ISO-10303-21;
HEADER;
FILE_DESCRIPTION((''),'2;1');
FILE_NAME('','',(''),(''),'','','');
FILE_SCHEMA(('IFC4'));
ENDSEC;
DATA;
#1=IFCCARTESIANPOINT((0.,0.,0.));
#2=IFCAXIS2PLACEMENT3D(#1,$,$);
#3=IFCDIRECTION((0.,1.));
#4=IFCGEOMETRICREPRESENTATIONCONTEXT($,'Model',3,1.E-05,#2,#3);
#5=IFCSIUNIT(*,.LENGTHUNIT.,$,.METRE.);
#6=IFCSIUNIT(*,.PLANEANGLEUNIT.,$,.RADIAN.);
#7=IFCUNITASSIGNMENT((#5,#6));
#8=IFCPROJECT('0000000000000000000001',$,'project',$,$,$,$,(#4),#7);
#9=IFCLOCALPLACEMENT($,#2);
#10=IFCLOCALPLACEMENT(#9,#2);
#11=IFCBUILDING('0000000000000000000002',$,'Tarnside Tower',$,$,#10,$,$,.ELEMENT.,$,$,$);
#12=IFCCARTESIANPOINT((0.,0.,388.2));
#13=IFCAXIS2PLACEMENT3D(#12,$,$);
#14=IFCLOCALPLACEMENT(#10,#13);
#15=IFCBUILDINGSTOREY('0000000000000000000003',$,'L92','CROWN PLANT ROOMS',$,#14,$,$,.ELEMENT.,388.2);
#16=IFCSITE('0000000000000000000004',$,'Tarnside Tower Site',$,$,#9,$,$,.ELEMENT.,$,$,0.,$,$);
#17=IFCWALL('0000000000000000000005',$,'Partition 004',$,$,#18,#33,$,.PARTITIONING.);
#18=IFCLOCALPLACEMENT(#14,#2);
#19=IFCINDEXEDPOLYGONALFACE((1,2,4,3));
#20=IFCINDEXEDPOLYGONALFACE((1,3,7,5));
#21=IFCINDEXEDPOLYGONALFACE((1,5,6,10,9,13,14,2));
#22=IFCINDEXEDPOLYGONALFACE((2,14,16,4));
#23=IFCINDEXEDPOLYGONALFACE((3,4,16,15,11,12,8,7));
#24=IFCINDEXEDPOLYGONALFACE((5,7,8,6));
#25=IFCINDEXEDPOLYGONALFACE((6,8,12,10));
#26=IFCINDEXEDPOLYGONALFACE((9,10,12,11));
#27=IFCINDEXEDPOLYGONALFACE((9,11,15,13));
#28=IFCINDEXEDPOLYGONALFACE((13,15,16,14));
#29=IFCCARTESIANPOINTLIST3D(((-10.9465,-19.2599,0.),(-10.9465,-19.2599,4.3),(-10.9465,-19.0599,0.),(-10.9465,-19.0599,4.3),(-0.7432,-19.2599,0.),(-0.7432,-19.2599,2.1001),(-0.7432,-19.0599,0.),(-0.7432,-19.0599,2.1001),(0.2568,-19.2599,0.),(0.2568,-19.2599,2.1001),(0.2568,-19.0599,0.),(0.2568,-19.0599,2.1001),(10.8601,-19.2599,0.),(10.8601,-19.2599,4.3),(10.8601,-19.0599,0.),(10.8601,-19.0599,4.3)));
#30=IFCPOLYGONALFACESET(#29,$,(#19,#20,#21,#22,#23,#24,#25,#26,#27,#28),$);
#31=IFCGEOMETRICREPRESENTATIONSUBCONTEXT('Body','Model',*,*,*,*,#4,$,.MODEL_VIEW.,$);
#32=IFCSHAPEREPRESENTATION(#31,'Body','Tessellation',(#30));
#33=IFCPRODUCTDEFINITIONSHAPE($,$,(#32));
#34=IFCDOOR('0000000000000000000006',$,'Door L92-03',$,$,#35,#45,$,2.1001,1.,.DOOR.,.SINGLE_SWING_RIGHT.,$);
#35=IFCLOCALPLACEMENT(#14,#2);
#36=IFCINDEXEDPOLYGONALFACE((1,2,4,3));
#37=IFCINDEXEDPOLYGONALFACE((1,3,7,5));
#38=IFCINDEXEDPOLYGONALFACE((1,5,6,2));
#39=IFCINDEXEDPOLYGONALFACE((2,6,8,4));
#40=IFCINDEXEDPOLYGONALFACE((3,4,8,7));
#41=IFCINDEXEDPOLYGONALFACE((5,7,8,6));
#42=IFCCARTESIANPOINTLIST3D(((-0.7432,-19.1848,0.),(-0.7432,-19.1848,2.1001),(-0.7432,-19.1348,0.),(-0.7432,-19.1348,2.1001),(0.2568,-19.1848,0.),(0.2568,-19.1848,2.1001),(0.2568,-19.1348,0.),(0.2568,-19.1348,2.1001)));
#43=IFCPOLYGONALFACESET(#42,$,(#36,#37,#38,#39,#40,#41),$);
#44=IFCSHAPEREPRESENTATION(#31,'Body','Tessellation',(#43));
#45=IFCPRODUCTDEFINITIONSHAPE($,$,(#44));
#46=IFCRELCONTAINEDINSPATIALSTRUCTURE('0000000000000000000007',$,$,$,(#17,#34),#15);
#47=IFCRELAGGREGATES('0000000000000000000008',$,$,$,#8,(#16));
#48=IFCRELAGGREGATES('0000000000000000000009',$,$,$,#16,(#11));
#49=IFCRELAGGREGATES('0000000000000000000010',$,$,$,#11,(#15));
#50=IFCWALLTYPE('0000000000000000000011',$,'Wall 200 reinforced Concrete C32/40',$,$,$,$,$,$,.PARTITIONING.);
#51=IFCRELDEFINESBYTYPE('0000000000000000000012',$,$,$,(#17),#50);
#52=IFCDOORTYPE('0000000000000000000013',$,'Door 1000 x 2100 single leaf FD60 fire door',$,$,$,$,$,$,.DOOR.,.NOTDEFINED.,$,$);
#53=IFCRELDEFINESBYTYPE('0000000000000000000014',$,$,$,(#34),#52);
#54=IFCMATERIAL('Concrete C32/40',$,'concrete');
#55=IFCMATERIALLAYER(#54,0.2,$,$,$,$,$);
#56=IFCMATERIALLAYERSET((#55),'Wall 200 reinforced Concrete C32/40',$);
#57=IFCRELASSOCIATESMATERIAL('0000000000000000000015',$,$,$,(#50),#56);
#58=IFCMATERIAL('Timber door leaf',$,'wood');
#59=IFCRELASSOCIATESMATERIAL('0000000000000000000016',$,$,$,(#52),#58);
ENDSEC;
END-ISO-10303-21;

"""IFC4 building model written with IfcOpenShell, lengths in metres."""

from ifc_helpers import new_model, si_unit, direction, frame, frame_2d, origin, place, context, subcontext, project, spatial, rectangle, extrude, material, layer, layer_set, type_object, element, fill, save


model = new_model("IFC4")

# Units and contexts
model_context = context("Model", 3, precision=1e-05, world=origin(), true_north=direction((0.0, 1.0)))
body_context = subcontext(model_context, "Body", "Model", "MODEL_VIEW")
ifc_project = project(units=[si_unit("LENGTHUNIT", "METRE"), si_unit("PLANEANGLEUNIT", "RADIAN")], contexts=[model_context])

# Site, building, storey
site_placement = place(None, origin())
site = spatial("IfcSite", under=ifc_project, at=site_placement, Name="Tarnside Tower Site", CompositionType="ELEMENT", RefElevation=0.0)
building_placement = place(site_placement, origin())
building = spatial("IfcBuilding", under=site, at=building_placement, Name="Tarnside Tower", CompositionType="ELEMENT")
storey_placement = place(building_placement, frame((0.0, 0.0, 388.2)))
storey = spatial("IfcBuildingStorey", under=building, at=storey_placement, Name="L92", Description="CROWN PLANT ROOMS", CompositionType="ELEMENT", Elevation=388.2)

# Wall, opening, door
ifc_material_1 = material(Name="Concrete C32/40", Category="concrete")
ifc_layer_1 = layer(ifc_material_1, 0.2)
ifc_layer_set_1 = layer_set([ifc_layer_1], Name="Wall 200 reinforced Concrete C32/40")
wall_type_1 = type_object("IfcWallType", Name="Wall 200 reinforced Concrete C32/40", PredefinedType="PARTITIONING", material=ifc_layer_set_1)
wall_1_placement = place(storey_placement, frame((10.8601, -19.1599, 0.0), z_axis=(0.0, 0.0, 1.0), x_axis=(-1.0, 0.0, 0.0)))
wall_1 = element("IfcWall", 1, at=wall_1_placement, inside=storey, type_object=wall_type_1, Name="Partition 004", PredefinedType="PARTITIONING", context=body_context, shape_type="SweptSolid", body=[
    extrude(rectangle(XDim=21.8066, YDim=0.2, at=frame_2d((10.9033, 0.0))), origin(), (0.0, 0.0, 1.0), 4.3),
])
opening_placement = place(wall_1_placement, frame((10.6033, 0.0, 0.0)))
opening = element("IfcOpeningElement", 2, at=opening_placement, cuts=wall_1, PredefinedType="OPENING", context=body_context, shape_type="SweptSolid", body=[
    extrude(rectangle(XDim=1.0, YDim=2.1001, at=frame_2d((0.5, 1.05))), frame((0.0, 0.1099, 0.0), z_axis=(0.0, -1.0, 0.0), x_axis=(1.0, 0.0, 0.0)), (0.0, 0.0, 1.0), 0.22),
])
ifc_material_2 = material(Name="Timber door leaf", Category="wood")
door_type = type_object("IfcDoorType", Name="Door 1000 x 2100 single leaf FD60 fire door", OperationType="NOTDEFINED", PredefinedType="DOOR", material=ifc_material_2)
door_placement = place(opening_placement, origin())
door = element("IfcDoor", 3, at=door_placement, inside=storey, type_object=door_type, Name="Door L92-03", OperationType="SINGLE_SWING_RIGHT", OverallHeight=2.1001, OverallWidth=1.0, PredefinedType="DOOR", context=body_context, shape_type="SweptSolid", body=[
    extrude(rectangle(XDim=1.0, YDim=2.1001, at=frame_2d((0.5, 1.05))), frame((0.0, 0.0249, 0.0), z_axis=(0.0, -1.0, 0.0), x_axis=(1.0, 0.0, 0.0)), (0.0, 0.0, 1.0), 0.05),
])
fill(opening, door)

save(model, "model.ifc")
